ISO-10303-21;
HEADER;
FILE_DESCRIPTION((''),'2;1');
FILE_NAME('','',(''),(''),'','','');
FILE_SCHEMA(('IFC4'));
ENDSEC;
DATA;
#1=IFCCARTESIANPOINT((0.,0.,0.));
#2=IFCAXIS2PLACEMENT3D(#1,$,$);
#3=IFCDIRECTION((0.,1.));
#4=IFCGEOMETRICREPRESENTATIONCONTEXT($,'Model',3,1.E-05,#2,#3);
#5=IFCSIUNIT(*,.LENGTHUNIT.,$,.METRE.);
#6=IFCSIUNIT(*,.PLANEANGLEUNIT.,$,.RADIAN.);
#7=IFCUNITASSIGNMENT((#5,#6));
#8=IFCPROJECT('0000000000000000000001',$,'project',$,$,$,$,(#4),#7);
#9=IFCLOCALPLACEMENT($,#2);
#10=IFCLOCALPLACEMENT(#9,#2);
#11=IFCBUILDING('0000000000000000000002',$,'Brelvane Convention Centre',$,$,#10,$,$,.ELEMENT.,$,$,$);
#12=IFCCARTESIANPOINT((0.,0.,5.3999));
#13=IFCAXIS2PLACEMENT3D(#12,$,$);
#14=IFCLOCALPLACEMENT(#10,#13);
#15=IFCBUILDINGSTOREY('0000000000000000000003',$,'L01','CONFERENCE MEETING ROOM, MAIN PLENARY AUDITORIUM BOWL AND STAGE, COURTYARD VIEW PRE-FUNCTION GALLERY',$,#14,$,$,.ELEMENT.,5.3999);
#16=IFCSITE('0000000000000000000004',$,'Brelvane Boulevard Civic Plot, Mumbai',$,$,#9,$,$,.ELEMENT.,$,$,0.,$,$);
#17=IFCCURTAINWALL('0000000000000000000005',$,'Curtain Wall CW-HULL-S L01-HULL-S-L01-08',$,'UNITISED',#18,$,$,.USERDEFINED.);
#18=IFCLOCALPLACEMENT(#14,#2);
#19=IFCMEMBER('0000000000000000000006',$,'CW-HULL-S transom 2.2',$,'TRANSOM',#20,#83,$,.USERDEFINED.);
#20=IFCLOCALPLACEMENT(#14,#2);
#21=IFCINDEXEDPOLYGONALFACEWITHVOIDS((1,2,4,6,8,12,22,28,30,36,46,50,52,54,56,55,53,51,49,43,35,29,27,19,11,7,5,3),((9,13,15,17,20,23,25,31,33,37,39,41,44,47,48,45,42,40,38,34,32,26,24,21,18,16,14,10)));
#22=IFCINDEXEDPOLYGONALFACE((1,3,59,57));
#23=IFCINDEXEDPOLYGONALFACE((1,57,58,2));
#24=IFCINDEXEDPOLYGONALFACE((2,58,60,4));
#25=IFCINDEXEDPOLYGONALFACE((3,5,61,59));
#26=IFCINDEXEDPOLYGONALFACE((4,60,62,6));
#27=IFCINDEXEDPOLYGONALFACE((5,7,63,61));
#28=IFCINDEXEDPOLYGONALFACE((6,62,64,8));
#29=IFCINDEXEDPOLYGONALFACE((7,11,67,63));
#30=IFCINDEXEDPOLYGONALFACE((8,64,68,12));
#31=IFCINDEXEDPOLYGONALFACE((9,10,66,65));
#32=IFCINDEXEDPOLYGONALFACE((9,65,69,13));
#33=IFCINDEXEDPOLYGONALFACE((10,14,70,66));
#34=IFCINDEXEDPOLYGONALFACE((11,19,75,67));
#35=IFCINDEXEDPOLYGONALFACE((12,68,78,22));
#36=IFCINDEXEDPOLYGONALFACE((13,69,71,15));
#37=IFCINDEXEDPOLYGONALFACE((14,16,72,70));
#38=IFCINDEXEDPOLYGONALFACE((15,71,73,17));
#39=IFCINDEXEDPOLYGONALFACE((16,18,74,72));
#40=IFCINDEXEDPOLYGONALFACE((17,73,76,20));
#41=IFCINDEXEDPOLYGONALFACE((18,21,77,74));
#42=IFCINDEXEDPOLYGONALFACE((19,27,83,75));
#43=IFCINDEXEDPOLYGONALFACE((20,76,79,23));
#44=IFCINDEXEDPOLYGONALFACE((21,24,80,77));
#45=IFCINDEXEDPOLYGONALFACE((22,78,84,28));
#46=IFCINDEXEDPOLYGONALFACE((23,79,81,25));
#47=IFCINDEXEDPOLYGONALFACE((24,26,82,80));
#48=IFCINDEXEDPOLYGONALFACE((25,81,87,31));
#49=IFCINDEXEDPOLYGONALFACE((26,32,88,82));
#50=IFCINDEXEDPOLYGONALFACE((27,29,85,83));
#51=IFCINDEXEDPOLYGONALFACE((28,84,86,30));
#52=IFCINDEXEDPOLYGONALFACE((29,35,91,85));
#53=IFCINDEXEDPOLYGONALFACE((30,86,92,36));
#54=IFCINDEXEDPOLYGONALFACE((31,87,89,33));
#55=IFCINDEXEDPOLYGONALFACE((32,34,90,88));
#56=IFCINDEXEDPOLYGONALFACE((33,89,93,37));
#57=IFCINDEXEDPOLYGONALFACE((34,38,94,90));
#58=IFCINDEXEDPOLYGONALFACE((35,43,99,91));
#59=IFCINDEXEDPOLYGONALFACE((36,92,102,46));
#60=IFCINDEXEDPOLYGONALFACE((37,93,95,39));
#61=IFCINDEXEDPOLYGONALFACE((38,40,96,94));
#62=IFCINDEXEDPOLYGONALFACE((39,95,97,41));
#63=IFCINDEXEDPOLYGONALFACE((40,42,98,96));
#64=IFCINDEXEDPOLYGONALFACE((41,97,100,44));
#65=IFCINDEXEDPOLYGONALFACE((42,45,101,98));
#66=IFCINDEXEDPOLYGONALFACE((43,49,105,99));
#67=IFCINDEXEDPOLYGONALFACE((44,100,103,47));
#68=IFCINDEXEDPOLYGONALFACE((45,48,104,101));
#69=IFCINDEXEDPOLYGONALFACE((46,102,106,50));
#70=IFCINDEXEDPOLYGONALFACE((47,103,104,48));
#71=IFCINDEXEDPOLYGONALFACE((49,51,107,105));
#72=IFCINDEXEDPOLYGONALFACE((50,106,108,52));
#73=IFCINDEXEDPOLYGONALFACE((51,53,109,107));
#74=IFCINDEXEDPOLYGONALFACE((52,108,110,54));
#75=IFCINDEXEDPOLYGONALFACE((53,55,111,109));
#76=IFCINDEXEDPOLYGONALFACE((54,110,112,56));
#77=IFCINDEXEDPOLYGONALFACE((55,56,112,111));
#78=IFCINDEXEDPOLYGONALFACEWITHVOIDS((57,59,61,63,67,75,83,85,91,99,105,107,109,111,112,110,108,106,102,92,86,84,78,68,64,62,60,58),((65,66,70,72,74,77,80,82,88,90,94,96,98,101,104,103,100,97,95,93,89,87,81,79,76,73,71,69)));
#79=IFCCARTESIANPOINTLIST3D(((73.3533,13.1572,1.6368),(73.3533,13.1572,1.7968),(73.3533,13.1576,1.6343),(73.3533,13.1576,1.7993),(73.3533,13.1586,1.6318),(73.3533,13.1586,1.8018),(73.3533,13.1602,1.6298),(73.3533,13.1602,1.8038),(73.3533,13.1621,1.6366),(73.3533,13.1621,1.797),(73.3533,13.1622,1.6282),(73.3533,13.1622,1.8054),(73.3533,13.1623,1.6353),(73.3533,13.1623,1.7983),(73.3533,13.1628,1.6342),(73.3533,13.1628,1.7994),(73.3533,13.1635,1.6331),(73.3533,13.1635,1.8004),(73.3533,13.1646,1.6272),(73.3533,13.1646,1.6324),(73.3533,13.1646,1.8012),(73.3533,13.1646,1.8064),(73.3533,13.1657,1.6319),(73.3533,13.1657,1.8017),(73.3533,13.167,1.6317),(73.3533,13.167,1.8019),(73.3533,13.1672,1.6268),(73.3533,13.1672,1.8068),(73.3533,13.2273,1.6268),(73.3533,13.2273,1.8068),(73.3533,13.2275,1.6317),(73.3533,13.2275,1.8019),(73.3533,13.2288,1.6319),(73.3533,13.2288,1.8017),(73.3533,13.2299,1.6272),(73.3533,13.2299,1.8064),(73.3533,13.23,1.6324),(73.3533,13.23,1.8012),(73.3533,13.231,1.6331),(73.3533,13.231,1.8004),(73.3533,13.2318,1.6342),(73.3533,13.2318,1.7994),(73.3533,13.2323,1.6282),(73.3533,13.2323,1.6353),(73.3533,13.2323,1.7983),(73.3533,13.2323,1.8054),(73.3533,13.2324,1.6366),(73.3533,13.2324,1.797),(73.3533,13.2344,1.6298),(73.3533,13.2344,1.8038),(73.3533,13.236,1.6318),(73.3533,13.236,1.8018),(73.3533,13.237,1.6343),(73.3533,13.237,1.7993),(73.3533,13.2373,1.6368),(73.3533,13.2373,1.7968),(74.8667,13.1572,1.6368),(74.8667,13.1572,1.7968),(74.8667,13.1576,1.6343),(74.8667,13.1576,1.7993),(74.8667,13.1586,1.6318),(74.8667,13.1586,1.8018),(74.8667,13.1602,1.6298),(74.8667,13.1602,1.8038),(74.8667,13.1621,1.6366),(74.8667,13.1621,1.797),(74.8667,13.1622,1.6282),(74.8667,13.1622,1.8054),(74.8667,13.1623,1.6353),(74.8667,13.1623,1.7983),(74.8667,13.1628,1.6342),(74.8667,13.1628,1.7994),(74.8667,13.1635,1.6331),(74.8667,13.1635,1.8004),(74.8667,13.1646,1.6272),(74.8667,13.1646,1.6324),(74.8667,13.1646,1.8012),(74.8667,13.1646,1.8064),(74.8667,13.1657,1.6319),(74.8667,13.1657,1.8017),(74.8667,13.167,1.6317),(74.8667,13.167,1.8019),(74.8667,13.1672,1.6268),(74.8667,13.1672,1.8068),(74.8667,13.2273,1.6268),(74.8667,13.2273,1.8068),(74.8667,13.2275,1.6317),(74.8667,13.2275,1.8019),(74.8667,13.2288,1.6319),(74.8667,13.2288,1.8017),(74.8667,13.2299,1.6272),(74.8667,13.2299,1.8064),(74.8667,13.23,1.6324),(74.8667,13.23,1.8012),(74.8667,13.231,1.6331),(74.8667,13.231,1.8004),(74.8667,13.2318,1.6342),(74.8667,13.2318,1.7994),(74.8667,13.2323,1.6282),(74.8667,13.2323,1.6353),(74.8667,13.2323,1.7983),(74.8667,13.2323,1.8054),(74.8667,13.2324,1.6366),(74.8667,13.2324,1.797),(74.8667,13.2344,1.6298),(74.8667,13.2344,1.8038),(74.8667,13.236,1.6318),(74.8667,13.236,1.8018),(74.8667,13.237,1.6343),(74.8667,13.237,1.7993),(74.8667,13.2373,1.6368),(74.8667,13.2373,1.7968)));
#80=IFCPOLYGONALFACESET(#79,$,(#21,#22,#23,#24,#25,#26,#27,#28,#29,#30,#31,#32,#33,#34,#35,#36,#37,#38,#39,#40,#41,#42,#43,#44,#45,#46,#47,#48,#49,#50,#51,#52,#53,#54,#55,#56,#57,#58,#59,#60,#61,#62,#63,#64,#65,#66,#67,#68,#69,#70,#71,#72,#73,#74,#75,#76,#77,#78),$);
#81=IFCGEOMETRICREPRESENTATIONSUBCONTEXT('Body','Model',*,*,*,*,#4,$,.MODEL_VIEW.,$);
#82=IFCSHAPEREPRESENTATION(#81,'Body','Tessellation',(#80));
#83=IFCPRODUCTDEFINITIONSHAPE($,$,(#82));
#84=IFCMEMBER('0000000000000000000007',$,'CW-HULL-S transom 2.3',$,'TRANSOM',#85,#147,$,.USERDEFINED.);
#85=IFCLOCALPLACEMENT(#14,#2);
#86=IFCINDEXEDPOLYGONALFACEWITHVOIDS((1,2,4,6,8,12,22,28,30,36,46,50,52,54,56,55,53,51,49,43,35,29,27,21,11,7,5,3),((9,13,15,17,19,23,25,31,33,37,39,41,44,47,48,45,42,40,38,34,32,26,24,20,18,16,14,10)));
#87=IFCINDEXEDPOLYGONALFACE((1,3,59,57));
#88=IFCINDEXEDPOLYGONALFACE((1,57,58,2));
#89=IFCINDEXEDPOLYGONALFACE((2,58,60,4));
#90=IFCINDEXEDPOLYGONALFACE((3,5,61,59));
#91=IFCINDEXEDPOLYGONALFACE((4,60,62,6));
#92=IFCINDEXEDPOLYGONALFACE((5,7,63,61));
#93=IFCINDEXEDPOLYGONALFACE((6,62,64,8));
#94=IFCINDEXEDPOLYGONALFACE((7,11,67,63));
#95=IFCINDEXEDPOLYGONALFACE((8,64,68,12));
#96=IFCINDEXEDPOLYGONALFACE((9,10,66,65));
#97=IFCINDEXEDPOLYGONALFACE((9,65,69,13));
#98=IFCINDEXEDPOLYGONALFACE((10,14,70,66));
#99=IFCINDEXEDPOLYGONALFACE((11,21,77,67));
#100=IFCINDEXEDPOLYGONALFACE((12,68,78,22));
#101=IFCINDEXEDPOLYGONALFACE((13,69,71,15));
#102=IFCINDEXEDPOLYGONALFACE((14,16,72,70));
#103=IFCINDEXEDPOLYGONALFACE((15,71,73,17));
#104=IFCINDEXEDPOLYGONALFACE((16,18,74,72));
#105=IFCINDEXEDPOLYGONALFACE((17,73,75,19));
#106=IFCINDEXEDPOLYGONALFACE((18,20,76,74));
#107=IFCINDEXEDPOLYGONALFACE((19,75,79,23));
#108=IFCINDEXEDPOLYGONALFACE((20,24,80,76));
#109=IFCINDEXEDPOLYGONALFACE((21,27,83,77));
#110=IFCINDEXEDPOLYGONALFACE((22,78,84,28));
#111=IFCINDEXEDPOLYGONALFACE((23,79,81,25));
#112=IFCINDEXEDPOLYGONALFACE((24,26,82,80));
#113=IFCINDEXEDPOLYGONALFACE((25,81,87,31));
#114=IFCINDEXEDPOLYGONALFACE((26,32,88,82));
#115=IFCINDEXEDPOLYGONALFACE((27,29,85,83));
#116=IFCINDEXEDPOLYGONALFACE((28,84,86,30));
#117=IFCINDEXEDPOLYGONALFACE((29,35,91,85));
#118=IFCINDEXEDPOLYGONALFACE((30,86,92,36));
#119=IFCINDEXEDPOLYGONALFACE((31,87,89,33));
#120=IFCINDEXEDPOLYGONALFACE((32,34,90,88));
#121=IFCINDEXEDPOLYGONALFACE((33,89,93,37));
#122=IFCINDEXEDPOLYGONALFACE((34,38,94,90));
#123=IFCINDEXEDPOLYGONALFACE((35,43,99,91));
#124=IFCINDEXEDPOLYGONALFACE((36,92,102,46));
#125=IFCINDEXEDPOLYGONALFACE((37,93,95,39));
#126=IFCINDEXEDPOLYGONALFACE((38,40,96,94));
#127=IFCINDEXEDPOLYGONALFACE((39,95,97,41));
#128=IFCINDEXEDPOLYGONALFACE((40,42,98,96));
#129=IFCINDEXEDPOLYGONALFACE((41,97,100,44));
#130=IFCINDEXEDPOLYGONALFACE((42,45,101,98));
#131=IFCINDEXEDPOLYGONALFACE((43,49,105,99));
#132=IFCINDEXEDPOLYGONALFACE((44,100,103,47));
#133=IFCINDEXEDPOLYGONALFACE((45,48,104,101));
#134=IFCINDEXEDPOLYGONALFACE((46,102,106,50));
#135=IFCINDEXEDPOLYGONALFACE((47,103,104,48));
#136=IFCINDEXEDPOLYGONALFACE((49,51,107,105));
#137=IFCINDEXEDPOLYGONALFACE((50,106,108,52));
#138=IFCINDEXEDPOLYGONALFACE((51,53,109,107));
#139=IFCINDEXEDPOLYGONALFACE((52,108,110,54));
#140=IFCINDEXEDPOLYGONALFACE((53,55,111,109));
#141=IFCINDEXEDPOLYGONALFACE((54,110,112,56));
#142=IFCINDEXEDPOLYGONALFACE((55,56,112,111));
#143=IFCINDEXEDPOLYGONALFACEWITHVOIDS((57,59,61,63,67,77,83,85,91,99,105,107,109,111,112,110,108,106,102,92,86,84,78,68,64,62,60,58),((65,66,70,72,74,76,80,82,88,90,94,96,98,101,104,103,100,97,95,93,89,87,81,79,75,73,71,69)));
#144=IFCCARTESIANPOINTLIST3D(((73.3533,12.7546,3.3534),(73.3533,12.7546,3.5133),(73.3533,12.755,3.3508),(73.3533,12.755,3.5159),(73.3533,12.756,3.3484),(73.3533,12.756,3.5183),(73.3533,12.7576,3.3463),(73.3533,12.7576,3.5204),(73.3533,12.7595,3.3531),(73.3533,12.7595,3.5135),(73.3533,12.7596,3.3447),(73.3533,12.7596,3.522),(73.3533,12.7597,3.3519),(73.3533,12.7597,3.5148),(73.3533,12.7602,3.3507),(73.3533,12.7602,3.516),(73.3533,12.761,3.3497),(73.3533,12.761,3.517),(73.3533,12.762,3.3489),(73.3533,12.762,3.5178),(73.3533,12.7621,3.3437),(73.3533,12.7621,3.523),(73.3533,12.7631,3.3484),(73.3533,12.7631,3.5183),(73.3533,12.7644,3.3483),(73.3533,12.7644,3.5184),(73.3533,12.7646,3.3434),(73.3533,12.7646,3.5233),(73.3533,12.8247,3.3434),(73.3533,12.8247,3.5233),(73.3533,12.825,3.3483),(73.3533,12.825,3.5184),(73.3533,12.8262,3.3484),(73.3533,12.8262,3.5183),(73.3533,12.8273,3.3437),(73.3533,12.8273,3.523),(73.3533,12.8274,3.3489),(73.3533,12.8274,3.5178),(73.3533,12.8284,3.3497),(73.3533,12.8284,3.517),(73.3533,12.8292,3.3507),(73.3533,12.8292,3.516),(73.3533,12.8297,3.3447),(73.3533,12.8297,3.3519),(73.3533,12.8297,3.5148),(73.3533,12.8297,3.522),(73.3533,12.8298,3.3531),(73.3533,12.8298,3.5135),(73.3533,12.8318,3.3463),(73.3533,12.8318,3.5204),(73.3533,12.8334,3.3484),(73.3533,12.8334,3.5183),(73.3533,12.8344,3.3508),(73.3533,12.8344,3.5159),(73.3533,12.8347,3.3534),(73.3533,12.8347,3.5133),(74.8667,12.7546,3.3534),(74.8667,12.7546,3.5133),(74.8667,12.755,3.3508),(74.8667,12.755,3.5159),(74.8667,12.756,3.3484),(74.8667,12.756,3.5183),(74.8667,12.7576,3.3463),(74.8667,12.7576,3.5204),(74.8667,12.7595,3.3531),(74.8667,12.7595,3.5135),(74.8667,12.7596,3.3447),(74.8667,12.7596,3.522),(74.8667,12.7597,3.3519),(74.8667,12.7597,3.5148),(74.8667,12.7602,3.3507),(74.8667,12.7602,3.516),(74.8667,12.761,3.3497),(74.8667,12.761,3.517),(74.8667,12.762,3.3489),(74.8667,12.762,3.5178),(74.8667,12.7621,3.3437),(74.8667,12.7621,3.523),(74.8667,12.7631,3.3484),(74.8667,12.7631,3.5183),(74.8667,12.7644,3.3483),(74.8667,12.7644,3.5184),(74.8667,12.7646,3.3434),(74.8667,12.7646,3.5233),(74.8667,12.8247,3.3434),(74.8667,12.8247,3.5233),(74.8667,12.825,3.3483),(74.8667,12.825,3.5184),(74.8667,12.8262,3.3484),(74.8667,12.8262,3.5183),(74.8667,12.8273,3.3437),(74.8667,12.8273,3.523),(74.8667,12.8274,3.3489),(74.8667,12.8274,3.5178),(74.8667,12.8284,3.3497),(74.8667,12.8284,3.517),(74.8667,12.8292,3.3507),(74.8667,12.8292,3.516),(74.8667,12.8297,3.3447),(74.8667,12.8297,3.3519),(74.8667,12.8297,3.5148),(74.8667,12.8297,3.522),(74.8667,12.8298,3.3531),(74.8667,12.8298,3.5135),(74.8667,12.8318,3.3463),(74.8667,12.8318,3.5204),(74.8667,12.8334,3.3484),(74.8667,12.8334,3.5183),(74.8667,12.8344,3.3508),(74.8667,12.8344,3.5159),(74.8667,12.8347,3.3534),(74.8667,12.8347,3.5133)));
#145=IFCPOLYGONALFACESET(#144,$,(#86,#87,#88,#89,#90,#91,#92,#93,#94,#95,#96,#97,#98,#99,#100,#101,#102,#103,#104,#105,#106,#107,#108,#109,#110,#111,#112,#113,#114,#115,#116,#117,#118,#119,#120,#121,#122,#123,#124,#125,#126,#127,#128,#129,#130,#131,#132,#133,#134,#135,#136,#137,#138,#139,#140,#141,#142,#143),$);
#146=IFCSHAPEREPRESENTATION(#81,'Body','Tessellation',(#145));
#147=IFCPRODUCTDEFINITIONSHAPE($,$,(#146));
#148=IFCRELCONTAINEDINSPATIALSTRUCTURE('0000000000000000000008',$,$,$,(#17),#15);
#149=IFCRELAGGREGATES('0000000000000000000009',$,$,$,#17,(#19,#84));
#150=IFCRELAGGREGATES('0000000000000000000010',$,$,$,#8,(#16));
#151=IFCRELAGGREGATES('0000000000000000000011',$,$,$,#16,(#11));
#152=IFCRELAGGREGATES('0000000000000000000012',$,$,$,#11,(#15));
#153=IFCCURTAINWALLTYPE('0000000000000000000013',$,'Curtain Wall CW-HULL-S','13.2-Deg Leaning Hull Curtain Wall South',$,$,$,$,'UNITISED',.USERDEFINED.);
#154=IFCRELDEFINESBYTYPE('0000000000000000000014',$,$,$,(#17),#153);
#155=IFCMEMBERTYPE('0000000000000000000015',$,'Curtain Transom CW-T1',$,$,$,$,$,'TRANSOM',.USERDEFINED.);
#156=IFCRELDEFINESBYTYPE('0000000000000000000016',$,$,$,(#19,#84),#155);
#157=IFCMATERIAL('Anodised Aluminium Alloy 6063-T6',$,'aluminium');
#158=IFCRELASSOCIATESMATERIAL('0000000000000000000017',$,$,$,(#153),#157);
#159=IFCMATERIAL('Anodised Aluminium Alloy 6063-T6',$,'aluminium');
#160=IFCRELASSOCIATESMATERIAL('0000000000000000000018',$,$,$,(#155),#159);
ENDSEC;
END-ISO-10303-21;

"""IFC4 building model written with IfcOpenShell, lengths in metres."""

from ifc_helpers import new_model, si_unit, direction, frame, origin, origin_2d, place, context, subcontext, project, spatial, hollow_rectangle, extrude, material, material_profile, profile_set, type_object, element, aggregate, save


model = new_model("IFC4")

# Units and contexts
model_context = context("Model", 3, precision=1e-05, world=origin(), true_north=direction((0.0, 1.0)))
body_context = subcontext(model_context, "Body", "Model", "MODEL_VIEW")
ifc_project = project(units=[si_unit("LENGTHUNIT", "METRE"), si_unit("PLANEANGLEUNIT", "RADIAN")], contexts=[model_context])

# Site, building, storey
site_placement = place(None, origin())
site = spatial("IfcSite", under=ifc_project, at=site_placement, Name="Brelvane Boulevard Civic Plot, Mumbai", CompositionType="ELEMENT", RefElevation=0.0)
building_placement = place(site_placement, origin())
building = spatial("IfcBuilding", under=site, at=building_placement, Name="Brelvane Convention Centre", CompositionType="ELEMENT")
storey_placement = place(building_placement, frame((0.0, 0.0, 5.3999)))
storey = spatial("IfcBuildingStorey", under=building, at=storey_placement, Name="L01", Description="CONFERENCE MEETING ROOM, MAIN PLENARY AUDITORIUM BOWL AND STAGE, COURTYARD VIEW PRE-FUNCTION GALLERY", CompositionType="ELEMENT", Elevation=5.3999)

# Curtain wall, members
ifc_material_1 = material(Name="Anodised Aluminium Alloy 6063-T6", Category="aluminium")
curtain_wall_type = type_object("IfcCurtainWallType", Name="Curtain Wall CW-HULL-S", Description="13.2-Deg Leaning Hull Curtain Wall South", ElementType="UNITISED", PredefinedType="USERDEFINED", material=ifc_material_1)
ifc_material_2 = material(Name="Anodised Aluminium Alloy 6063-T6", Category="aluminium")
ifc_material_profile = material_profile(ifc_material_2, hollow_rectangle(XDim=0.0801, YDim=0.1799, WallThickness=0.0049, InnerFilletRadius=0.0049, OuterFilletRadius=0.01, at=origin_2d()), Name="ALU-T 180x80x5.0")
ifc_profile_set = profile_set([ifc_material_profile], Name="Anodised Aluminium Alloy 6063-T6")
member_type = type_object("IfcMemberType", Name="Curtain Transom CW-T1", ElementType="TRANSOM", PredefinedType="USERDEFINED", material=ifc_profile_set)
curtain_wall_1_placement = place(storey_placement, origin())
curtain_wall_1 = element("IfcCurtainWall", 1, at=curtain_wall_1_placement, inside=storey, type_object=curtain_wall_type, Name="Curtain Wall CW-HULL-S L01-HULL-S-L01-08", ObjectType="UNITISED", PredefinedType="USERDEFINED")
member_1_placement = place(storey_placement, frame((73.3533, 13.1973, 1.7168), z_axis=(1.0, 0.0, 0.0), x_axis=(0.0, 1.0, 0.0)))
member_1 = element("IfcMember", 2, at=member_1_placement, type_object=member_type, Name="CW-HULL-S transom 2.2", ObjectType="TRANSOM", PredefinedType="USERDEFINED", context=body_context, shape_type="SweptSolid", body=[
    extrude(hollow_rectangle(XDim=0.0801, YDim=0.1799, WallThickness=0.0049, InnerFilletRadius=0.0049, OuterFilletRadius=0.01, at=origin_2d()), origin(), (0.0, 0.0, 1.0), 1.5134),
])
member_2_placement = place(storey_placement, frame((73.3533, 12.7947, 3.4333), z_axis=(1.0, 0.0, 0.0), x_axis=(0.0, 1.0, 0.0)))
member_2 = element("IfcMember", 3, at=member_2_placement, type_object=member_type, Name="CW-HULL-S transom 2.3", ObjectType="TRANSOM", PredefinedType="USERDEFINED", context=body_context, shape_type="SweptSolid", body=[
    extrude(hollow_rectangle(XDim=0.0801, YDim=0.1799, WallThickness=0.0049, InnerFilletRadius=0.0049, OuterFilletRadius=0.01, at=origin_2d()), origin(), (0.0, 0.0, 1.0), 1.5134),
])

aggregate(curtain_wall_1, [member_1, member_2])

save(model, "model.ifc")
